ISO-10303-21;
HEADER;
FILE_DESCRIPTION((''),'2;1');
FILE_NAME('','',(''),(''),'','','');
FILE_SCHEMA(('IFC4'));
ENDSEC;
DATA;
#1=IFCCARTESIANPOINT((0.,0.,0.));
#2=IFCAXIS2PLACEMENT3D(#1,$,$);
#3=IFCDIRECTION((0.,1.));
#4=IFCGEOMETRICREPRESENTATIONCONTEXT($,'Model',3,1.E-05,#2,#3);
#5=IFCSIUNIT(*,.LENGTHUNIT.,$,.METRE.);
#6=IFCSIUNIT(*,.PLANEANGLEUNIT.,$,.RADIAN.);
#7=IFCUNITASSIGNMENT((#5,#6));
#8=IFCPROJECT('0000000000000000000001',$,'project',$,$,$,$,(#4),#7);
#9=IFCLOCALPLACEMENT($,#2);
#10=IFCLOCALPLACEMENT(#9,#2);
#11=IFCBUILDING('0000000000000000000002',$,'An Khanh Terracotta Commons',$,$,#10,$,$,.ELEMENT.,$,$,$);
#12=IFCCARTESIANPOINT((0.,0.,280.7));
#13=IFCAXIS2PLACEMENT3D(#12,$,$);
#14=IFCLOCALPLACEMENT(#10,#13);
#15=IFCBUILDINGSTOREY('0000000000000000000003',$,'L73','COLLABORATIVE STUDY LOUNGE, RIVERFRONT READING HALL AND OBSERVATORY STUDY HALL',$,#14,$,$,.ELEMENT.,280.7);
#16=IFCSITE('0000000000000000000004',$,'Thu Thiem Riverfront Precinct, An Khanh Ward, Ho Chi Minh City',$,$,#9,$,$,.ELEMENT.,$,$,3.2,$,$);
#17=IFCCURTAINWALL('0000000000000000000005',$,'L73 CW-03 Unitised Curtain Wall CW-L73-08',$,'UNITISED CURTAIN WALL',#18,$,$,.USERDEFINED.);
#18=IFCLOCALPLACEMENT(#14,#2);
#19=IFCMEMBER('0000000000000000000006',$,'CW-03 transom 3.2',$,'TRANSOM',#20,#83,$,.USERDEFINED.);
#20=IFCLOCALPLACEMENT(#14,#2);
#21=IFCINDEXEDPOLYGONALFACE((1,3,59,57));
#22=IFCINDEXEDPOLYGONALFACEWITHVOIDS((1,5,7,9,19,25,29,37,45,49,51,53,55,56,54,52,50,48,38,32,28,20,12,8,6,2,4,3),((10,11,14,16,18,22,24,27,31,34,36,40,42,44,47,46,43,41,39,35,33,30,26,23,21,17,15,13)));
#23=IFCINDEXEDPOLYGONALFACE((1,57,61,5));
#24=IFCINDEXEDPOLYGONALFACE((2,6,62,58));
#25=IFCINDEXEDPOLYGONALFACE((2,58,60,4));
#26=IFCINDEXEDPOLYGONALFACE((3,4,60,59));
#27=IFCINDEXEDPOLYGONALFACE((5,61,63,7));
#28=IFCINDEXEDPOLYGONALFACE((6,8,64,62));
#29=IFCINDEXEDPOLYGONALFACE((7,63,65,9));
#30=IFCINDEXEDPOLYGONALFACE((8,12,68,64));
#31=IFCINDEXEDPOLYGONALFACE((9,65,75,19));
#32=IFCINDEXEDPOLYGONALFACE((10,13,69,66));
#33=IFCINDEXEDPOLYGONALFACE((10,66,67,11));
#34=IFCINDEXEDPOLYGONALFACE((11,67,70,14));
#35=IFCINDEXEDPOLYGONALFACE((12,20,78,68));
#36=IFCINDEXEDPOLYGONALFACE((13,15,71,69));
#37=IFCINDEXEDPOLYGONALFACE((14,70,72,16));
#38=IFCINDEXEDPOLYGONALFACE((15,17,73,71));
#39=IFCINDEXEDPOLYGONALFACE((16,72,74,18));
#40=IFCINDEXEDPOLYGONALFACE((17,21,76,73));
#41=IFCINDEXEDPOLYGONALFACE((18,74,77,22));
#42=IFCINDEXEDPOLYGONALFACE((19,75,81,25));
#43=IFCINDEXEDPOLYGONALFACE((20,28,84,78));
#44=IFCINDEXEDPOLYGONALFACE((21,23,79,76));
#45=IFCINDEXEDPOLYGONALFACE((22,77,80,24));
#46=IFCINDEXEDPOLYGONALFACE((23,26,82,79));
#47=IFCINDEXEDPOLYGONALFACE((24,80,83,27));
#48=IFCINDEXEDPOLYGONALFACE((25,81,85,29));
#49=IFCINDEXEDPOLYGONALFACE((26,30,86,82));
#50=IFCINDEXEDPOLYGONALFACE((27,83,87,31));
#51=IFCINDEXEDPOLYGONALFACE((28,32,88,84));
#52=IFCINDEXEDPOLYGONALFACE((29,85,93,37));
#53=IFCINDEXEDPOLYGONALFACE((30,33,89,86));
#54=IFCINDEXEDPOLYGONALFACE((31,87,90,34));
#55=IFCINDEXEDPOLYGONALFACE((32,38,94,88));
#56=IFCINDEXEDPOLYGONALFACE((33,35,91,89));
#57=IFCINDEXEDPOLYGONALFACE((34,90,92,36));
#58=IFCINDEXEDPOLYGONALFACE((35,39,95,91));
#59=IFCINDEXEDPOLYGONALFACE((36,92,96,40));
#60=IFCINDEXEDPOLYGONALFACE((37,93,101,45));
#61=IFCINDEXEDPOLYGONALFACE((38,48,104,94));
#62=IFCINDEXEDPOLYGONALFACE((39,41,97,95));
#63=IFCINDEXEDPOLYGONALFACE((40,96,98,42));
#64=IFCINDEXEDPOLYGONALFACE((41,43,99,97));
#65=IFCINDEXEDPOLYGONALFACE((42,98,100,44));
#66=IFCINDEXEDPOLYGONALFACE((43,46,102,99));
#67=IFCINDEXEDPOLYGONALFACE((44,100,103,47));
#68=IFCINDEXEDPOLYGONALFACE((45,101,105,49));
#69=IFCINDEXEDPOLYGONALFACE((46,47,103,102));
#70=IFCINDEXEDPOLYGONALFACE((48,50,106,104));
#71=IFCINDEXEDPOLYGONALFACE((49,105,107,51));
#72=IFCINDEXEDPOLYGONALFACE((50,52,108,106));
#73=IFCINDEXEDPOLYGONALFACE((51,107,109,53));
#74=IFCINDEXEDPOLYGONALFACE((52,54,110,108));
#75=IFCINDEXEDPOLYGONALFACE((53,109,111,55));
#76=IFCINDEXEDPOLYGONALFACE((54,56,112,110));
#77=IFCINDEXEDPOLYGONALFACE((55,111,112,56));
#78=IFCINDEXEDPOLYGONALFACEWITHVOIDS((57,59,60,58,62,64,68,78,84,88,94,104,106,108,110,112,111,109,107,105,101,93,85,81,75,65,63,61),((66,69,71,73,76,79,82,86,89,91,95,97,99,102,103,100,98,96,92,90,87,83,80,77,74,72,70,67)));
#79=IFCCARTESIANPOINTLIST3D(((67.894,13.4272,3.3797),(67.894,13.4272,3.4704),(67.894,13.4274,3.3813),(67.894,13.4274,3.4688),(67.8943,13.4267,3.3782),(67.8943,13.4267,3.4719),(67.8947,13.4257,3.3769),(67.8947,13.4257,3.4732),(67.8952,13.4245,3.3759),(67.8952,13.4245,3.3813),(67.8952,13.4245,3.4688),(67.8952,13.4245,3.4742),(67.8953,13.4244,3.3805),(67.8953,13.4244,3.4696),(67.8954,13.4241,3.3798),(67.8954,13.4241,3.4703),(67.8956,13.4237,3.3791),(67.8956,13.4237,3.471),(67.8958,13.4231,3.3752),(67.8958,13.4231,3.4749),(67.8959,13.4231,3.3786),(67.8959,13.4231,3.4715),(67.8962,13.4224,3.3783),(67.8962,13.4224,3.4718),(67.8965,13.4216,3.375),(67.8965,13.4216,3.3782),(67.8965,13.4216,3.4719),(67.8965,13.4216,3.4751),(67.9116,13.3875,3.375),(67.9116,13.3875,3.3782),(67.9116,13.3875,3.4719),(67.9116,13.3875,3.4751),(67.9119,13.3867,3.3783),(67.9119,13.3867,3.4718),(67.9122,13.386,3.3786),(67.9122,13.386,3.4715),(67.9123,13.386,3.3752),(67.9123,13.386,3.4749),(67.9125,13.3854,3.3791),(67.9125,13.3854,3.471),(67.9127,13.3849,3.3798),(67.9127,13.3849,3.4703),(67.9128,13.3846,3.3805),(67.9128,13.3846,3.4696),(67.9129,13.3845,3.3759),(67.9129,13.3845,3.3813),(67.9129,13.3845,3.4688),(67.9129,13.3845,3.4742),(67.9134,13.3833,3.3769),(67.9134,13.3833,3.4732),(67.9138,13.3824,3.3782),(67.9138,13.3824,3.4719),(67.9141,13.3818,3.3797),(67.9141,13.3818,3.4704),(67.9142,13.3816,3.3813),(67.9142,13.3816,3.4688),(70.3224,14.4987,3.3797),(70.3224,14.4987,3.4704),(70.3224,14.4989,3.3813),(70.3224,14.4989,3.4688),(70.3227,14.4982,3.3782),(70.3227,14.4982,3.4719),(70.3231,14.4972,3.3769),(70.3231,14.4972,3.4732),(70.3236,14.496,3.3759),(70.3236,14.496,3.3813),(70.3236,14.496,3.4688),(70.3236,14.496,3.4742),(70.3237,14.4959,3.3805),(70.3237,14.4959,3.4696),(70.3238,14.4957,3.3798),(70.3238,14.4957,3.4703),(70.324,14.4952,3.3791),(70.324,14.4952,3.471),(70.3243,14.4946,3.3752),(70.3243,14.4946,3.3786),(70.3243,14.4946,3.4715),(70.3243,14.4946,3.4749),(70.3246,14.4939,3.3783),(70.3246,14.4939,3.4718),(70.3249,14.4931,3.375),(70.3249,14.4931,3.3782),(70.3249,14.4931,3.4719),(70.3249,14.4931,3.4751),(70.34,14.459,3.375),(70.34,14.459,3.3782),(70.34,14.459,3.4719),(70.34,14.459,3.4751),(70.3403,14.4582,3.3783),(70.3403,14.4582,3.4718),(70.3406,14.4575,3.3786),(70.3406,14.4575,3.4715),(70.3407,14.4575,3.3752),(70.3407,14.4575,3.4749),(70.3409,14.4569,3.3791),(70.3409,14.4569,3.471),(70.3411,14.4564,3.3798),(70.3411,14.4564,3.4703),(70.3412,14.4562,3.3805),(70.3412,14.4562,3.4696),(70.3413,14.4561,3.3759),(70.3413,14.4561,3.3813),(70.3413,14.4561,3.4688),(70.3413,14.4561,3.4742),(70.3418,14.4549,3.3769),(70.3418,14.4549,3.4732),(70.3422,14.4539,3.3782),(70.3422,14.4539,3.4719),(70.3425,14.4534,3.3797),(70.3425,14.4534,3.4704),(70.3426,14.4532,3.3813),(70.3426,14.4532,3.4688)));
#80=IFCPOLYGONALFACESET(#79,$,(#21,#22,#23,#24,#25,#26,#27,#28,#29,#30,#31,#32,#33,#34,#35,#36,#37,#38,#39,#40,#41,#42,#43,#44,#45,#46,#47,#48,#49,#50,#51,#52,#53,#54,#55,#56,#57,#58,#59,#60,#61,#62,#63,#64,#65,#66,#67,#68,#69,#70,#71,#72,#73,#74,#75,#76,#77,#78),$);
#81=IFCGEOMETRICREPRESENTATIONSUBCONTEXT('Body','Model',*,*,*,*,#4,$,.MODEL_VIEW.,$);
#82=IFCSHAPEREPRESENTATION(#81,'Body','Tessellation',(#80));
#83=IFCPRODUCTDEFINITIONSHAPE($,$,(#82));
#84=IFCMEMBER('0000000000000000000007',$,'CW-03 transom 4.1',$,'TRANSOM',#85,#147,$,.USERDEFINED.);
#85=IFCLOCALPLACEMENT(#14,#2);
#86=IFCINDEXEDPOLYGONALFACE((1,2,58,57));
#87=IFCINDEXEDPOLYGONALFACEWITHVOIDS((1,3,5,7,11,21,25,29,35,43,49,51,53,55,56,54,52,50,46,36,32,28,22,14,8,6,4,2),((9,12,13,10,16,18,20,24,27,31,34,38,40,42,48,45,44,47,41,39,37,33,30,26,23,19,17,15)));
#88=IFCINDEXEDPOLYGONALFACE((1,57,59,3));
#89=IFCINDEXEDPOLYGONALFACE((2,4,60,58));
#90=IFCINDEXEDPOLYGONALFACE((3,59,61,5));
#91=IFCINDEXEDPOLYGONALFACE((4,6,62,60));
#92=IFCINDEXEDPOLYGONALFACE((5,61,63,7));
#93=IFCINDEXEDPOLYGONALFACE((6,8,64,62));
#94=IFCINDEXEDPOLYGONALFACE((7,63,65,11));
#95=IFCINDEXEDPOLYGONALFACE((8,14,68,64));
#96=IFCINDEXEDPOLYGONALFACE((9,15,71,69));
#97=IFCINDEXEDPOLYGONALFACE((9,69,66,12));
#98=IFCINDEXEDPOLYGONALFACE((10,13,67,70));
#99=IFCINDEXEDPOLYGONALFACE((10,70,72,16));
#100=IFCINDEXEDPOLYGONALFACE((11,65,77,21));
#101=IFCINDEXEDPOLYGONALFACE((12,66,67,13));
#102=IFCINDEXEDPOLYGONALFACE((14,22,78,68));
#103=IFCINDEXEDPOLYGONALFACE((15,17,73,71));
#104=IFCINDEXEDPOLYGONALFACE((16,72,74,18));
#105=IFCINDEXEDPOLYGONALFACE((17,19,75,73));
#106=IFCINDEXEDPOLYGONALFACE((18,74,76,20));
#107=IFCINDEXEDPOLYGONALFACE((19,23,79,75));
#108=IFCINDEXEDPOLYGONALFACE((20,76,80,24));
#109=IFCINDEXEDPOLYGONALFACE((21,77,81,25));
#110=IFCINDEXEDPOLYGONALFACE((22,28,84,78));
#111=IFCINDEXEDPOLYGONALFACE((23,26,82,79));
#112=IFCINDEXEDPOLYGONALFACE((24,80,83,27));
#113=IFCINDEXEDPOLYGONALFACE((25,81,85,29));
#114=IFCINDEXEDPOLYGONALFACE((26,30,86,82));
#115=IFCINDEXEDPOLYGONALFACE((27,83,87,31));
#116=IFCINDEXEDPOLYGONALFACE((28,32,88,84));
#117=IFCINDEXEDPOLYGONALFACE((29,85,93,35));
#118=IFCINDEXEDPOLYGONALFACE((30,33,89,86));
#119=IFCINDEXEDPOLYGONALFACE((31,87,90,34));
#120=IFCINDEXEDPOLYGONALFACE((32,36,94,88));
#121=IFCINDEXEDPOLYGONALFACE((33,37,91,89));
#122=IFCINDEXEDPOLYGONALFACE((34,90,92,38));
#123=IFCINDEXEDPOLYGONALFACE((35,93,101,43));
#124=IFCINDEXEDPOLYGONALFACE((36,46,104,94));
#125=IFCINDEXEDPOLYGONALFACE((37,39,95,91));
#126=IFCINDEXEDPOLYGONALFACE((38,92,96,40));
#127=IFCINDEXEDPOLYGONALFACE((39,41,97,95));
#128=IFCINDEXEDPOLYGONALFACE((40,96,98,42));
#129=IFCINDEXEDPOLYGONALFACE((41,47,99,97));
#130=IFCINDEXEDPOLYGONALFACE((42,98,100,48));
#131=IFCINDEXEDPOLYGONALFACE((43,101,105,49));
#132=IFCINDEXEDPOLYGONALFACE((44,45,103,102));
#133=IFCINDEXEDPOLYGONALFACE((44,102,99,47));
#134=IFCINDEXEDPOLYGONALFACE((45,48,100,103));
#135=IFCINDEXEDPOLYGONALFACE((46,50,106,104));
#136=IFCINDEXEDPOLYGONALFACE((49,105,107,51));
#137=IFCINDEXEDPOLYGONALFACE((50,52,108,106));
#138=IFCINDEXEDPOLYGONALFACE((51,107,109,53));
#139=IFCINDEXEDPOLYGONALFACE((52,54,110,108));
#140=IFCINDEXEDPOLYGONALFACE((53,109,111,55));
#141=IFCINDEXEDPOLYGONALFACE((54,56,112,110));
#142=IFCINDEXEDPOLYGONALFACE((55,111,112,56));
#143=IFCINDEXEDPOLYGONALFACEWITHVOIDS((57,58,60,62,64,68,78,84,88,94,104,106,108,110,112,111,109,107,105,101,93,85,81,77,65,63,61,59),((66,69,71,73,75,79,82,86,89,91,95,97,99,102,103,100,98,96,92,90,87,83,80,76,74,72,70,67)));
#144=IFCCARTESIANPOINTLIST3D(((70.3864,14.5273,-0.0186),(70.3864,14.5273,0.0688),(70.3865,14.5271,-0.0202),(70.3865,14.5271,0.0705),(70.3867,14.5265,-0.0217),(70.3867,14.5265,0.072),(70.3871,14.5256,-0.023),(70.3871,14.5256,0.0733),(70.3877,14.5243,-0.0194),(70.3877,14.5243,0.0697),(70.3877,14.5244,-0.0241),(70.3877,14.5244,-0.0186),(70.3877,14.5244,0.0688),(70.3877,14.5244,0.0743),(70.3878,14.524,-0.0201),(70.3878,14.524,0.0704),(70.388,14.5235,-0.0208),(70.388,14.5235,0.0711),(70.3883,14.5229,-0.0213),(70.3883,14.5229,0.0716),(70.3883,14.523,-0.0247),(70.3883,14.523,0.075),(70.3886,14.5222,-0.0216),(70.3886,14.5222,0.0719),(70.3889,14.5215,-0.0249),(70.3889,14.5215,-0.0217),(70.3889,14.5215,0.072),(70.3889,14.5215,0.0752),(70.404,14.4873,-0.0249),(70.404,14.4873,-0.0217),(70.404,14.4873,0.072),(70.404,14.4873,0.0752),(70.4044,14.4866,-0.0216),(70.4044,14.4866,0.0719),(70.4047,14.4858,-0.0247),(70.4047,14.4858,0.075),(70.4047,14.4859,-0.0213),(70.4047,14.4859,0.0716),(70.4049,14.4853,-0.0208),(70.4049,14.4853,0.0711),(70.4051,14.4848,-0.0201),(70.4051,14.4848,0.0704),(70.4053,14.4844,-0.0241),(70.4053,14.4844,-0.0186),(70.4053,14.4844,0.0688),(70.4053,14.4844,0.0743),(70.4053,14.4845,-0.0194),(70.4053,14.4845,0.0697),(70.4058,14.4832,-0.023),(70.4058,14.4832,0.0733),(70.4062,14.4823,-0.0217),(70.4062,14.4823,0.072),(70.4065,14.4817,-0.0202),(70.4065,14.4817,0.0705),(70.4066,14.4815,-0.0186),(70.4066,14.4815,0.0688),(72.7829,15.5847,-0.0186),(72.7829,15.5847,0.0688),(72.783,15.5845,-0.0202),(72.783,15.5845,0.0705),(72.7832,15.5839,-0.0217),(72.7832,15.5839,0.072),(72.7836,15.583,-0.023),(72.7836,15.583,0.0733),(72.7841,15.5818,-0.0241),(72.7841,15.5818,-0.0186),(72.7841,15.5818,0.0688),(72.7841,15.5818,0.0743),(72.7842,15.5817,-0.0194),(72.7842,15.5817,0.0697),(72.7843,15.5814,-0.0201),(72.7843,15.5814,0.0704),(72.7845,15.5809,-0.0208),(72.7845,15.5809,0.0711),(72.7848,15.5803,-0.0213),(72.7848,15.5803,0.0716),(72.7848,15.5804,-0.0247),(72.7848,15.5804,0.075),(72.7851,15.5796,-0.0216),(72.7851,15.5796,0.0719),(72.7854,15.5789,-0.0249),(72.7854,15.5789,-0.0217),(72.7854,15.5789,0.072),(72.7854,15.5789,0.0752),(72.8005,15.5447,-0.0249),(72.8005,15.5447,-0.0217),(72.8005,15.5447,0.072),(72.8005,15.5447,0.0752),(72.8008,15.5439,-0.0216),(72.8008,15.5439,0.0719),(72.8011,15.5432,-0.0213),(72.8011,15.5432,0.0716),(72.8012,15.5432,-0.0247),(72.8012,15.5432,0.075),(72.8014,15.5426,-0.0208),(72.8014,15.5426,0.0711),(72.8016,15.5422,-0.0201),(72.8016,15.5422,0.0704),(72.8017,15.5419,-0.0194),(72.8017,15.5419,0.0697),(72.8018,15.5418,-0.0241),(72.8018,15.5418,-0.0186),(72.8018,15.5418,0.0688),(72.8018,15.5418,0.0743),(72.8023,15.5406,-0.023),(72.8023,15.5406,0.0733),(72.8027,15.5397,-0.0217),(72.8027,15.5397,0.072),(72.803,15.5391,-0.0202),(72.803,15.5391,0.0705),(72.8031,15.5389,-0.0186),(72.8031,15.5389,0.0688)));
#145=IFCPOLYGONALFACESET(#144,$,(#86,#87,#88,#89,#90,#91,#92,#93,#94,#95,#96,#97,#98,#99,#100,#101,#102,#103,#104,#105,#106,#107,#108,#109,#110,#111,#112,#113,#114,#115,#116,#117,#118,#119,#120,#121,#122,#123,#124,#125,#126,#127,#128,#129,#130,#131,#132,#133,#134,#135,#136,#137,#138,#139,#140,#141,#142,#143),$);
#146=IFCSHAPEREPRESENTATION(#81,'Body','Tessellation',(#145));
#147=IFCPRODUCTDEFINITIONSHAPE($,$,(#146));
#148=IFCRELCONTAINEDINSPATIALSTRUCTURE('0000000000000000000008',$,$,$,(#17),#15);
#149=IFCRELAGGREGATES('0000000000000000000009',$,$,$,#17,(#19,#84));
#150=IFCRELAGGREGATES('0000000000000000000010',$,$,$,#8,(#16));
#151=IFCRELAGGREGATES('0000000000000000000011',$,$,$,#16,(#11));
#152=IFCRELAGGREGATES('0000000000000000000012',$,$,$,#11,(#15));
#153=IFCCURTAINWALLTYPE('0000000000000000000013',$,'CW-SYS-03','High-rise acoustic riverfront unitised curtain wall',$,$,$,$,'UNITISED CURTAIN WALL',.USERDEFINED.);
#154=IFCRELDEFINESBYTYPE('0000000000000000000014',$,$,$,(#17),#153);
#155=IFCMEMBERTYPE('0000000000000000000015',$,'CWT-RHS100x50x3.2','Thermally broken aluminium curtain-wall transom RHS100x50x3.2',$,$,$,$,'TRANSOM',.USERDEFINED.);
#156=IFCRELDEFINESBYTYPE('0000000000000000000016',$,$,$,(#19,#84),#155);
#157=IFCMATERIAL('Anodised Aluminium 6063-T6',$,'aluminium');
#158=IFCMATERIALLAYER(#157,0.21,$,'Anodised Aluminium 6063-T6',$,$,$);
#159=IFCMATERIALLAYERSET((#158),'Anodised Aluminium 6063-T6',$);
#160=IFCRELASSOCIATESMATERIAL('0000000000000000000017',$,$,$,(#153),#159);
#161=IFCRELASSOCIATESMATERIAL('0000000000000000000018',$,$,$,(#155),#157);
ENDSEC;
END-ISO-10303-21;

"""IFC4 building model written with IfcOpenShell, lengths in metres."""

from ifc_helpers import new_model, si_unit, direction, frame, origin, origin_2d, place, context, subcontext, project, spatial, hollow_rectangle, extrude, material, layer, layer_set, material_profile, profile_set, type_object, element, aggregate, save


model = new_model("IFC4")

# Units and contexts
model_context = context("Model", 3, precision=1e-05, world=origin(), true_north=direction((0.0, 1.0)))
body_context = subcontext(model_context, "Body", "Model", "MODEL_VIEW")
ifc_project = project(units=[si_unit("LENGTHUNIT", "METRE"), si_unit("PLANEANGLEUNIT", "RADIAN")], contexts=[model_context])

# Site, building, storey
site_placement = place(None, origin())
site = spatial("IfcSite", under=ifc_project, at=site_placement, Name="Thu Thiem Riverfront Precinct, An Khanh Ward, Ho Chi Minh City", CompositionType="ELEMENT", RefElevation=3.2)
building_placement = place(site_placement, origin())
building = spatial("IfcBuilding", under=site, at=building_placement, Name="An Khanh Terracotta Commons", CompositionType="ELEMENT")
storey_placement = place(building_placement, frame((0.0, 0.0, 280.7)))
storey = spatial("IfcBuildingStorey", under=building, at=storey_placement, Name="L73", Description="COLLABORATIVE STUDY LOUNGE, RIVERFRONT READING HALL AND OBSERVATORY STUDY HALL", CompositionType="ELEMENT", Elevation=280.7)

# Curtain wall
ifc_material_1 = material(Name="Anodised Aluminium 6063-T6", Category="aluminium")
ifc_layer_1 = layer(ifc_material_1, 0.21, Name="Anodised Aluminium 6063-T6")
ifc_layer_set_1 = layer_set([ifc_layer_1], Name="Anodised Aluminium 6063-T6")
curtain_wall_type = type_object("IfcCurtainWallType", Name="CW-SYS-03", Description="High-rise acoustic riverfront unitised curtain wall", ElementType="UNITISED CURTAIN WALL", PredefinedType="USERDEFINED", material=ifc_layer_set_1)
curtain_wall_1_placement = place(storey_placement, origin())
curtain_wall_1 = element("IfcCurtainWall", 1, at=curtain_wall_1_placement, inside=storey, type_object=curtain_wall_type, Name="L73 CW-03 Unitised Curtain Wall CW-L73-08", ObjectType="UNITISED CURTAIN WALL", PredefinedType="USERDEFINED")

# Members
ifc_material_profile_1 = material_profile(ifc_material_1, hollow_rectangle(XDim=0.05, YDim=0.1001, WallThickness=0.0032, InnerFilletRadius=0.0032, OuterFilletRadius=0.0063, at=origin_2d()), Name="RHS100x50x3.2")
ifc_profile_set_1 = profile_set([ifc_material_profile_1], Name="Anodised Aluminium 6063-T6")
member_type_1 = type_object("IfcMemberType", Name="CWT-RHS100x50x3.2", Description="Thermally broken aluminium curtain-wall transom RHS100x50x3.2", ElementType="TRANSOM", PredefinedType="USERDEFINED", material=ifc_profile_set_1)
member_1_placement = place(storey_placement, frame((67.9041, 13.4045, 3.425), z_axis=(0.914897, 0.403688, 0.0), x_axis=(-0.403688, 0.914897, 0.0)))
member_1 = element("IfcMember", 2, at=member_1_placement, type_object=member_type_1, Name="CW-03 transom 3.2", ObjectType="TRANSOM", PredefinedType="USERDEFINED", context=body_context, shape_type="SweptSolid", body=[
    extrude(hollow_rectangle(XDim=0.05, YDim=0.1001, WallThickness=0.0032, InnerFilletRadius=0.0032, OuterFilletRadius=0.0063, at=origin_2d()), origin(), (0.0, 0.0, 1.0), 2.6543),
])
member_2_placement = place(storey_placement, frame((70.3965, 14.5044, 0.0251), z_axis=(0.914904, 0.403672, 0.0), x_axis=(-0.403672, 0.914904, 0.0)))
member_2 = element("IfcMember", 3, at=member_2_placement, type_object=member_type_1, Name="CW-03 transom 4.1", ObjectType="TRANSOM", PredefinedType="USERDEFINED", context=body_context, shape_type="SweptSolid", body=[
    extrude(hollow_rectangle(XDim=0.05, YDim=0.1001, WallThickness=0.0032, InnerFilletRadius=0.0032, OuterFilletRadius=0.0063, at=origin_2d()), origin(), (0.0, 0.0, 1.0), 2.6194),
])

aggregate(curtain_wall_1, [member_1, member_2])

save(model, "model.ifc")
